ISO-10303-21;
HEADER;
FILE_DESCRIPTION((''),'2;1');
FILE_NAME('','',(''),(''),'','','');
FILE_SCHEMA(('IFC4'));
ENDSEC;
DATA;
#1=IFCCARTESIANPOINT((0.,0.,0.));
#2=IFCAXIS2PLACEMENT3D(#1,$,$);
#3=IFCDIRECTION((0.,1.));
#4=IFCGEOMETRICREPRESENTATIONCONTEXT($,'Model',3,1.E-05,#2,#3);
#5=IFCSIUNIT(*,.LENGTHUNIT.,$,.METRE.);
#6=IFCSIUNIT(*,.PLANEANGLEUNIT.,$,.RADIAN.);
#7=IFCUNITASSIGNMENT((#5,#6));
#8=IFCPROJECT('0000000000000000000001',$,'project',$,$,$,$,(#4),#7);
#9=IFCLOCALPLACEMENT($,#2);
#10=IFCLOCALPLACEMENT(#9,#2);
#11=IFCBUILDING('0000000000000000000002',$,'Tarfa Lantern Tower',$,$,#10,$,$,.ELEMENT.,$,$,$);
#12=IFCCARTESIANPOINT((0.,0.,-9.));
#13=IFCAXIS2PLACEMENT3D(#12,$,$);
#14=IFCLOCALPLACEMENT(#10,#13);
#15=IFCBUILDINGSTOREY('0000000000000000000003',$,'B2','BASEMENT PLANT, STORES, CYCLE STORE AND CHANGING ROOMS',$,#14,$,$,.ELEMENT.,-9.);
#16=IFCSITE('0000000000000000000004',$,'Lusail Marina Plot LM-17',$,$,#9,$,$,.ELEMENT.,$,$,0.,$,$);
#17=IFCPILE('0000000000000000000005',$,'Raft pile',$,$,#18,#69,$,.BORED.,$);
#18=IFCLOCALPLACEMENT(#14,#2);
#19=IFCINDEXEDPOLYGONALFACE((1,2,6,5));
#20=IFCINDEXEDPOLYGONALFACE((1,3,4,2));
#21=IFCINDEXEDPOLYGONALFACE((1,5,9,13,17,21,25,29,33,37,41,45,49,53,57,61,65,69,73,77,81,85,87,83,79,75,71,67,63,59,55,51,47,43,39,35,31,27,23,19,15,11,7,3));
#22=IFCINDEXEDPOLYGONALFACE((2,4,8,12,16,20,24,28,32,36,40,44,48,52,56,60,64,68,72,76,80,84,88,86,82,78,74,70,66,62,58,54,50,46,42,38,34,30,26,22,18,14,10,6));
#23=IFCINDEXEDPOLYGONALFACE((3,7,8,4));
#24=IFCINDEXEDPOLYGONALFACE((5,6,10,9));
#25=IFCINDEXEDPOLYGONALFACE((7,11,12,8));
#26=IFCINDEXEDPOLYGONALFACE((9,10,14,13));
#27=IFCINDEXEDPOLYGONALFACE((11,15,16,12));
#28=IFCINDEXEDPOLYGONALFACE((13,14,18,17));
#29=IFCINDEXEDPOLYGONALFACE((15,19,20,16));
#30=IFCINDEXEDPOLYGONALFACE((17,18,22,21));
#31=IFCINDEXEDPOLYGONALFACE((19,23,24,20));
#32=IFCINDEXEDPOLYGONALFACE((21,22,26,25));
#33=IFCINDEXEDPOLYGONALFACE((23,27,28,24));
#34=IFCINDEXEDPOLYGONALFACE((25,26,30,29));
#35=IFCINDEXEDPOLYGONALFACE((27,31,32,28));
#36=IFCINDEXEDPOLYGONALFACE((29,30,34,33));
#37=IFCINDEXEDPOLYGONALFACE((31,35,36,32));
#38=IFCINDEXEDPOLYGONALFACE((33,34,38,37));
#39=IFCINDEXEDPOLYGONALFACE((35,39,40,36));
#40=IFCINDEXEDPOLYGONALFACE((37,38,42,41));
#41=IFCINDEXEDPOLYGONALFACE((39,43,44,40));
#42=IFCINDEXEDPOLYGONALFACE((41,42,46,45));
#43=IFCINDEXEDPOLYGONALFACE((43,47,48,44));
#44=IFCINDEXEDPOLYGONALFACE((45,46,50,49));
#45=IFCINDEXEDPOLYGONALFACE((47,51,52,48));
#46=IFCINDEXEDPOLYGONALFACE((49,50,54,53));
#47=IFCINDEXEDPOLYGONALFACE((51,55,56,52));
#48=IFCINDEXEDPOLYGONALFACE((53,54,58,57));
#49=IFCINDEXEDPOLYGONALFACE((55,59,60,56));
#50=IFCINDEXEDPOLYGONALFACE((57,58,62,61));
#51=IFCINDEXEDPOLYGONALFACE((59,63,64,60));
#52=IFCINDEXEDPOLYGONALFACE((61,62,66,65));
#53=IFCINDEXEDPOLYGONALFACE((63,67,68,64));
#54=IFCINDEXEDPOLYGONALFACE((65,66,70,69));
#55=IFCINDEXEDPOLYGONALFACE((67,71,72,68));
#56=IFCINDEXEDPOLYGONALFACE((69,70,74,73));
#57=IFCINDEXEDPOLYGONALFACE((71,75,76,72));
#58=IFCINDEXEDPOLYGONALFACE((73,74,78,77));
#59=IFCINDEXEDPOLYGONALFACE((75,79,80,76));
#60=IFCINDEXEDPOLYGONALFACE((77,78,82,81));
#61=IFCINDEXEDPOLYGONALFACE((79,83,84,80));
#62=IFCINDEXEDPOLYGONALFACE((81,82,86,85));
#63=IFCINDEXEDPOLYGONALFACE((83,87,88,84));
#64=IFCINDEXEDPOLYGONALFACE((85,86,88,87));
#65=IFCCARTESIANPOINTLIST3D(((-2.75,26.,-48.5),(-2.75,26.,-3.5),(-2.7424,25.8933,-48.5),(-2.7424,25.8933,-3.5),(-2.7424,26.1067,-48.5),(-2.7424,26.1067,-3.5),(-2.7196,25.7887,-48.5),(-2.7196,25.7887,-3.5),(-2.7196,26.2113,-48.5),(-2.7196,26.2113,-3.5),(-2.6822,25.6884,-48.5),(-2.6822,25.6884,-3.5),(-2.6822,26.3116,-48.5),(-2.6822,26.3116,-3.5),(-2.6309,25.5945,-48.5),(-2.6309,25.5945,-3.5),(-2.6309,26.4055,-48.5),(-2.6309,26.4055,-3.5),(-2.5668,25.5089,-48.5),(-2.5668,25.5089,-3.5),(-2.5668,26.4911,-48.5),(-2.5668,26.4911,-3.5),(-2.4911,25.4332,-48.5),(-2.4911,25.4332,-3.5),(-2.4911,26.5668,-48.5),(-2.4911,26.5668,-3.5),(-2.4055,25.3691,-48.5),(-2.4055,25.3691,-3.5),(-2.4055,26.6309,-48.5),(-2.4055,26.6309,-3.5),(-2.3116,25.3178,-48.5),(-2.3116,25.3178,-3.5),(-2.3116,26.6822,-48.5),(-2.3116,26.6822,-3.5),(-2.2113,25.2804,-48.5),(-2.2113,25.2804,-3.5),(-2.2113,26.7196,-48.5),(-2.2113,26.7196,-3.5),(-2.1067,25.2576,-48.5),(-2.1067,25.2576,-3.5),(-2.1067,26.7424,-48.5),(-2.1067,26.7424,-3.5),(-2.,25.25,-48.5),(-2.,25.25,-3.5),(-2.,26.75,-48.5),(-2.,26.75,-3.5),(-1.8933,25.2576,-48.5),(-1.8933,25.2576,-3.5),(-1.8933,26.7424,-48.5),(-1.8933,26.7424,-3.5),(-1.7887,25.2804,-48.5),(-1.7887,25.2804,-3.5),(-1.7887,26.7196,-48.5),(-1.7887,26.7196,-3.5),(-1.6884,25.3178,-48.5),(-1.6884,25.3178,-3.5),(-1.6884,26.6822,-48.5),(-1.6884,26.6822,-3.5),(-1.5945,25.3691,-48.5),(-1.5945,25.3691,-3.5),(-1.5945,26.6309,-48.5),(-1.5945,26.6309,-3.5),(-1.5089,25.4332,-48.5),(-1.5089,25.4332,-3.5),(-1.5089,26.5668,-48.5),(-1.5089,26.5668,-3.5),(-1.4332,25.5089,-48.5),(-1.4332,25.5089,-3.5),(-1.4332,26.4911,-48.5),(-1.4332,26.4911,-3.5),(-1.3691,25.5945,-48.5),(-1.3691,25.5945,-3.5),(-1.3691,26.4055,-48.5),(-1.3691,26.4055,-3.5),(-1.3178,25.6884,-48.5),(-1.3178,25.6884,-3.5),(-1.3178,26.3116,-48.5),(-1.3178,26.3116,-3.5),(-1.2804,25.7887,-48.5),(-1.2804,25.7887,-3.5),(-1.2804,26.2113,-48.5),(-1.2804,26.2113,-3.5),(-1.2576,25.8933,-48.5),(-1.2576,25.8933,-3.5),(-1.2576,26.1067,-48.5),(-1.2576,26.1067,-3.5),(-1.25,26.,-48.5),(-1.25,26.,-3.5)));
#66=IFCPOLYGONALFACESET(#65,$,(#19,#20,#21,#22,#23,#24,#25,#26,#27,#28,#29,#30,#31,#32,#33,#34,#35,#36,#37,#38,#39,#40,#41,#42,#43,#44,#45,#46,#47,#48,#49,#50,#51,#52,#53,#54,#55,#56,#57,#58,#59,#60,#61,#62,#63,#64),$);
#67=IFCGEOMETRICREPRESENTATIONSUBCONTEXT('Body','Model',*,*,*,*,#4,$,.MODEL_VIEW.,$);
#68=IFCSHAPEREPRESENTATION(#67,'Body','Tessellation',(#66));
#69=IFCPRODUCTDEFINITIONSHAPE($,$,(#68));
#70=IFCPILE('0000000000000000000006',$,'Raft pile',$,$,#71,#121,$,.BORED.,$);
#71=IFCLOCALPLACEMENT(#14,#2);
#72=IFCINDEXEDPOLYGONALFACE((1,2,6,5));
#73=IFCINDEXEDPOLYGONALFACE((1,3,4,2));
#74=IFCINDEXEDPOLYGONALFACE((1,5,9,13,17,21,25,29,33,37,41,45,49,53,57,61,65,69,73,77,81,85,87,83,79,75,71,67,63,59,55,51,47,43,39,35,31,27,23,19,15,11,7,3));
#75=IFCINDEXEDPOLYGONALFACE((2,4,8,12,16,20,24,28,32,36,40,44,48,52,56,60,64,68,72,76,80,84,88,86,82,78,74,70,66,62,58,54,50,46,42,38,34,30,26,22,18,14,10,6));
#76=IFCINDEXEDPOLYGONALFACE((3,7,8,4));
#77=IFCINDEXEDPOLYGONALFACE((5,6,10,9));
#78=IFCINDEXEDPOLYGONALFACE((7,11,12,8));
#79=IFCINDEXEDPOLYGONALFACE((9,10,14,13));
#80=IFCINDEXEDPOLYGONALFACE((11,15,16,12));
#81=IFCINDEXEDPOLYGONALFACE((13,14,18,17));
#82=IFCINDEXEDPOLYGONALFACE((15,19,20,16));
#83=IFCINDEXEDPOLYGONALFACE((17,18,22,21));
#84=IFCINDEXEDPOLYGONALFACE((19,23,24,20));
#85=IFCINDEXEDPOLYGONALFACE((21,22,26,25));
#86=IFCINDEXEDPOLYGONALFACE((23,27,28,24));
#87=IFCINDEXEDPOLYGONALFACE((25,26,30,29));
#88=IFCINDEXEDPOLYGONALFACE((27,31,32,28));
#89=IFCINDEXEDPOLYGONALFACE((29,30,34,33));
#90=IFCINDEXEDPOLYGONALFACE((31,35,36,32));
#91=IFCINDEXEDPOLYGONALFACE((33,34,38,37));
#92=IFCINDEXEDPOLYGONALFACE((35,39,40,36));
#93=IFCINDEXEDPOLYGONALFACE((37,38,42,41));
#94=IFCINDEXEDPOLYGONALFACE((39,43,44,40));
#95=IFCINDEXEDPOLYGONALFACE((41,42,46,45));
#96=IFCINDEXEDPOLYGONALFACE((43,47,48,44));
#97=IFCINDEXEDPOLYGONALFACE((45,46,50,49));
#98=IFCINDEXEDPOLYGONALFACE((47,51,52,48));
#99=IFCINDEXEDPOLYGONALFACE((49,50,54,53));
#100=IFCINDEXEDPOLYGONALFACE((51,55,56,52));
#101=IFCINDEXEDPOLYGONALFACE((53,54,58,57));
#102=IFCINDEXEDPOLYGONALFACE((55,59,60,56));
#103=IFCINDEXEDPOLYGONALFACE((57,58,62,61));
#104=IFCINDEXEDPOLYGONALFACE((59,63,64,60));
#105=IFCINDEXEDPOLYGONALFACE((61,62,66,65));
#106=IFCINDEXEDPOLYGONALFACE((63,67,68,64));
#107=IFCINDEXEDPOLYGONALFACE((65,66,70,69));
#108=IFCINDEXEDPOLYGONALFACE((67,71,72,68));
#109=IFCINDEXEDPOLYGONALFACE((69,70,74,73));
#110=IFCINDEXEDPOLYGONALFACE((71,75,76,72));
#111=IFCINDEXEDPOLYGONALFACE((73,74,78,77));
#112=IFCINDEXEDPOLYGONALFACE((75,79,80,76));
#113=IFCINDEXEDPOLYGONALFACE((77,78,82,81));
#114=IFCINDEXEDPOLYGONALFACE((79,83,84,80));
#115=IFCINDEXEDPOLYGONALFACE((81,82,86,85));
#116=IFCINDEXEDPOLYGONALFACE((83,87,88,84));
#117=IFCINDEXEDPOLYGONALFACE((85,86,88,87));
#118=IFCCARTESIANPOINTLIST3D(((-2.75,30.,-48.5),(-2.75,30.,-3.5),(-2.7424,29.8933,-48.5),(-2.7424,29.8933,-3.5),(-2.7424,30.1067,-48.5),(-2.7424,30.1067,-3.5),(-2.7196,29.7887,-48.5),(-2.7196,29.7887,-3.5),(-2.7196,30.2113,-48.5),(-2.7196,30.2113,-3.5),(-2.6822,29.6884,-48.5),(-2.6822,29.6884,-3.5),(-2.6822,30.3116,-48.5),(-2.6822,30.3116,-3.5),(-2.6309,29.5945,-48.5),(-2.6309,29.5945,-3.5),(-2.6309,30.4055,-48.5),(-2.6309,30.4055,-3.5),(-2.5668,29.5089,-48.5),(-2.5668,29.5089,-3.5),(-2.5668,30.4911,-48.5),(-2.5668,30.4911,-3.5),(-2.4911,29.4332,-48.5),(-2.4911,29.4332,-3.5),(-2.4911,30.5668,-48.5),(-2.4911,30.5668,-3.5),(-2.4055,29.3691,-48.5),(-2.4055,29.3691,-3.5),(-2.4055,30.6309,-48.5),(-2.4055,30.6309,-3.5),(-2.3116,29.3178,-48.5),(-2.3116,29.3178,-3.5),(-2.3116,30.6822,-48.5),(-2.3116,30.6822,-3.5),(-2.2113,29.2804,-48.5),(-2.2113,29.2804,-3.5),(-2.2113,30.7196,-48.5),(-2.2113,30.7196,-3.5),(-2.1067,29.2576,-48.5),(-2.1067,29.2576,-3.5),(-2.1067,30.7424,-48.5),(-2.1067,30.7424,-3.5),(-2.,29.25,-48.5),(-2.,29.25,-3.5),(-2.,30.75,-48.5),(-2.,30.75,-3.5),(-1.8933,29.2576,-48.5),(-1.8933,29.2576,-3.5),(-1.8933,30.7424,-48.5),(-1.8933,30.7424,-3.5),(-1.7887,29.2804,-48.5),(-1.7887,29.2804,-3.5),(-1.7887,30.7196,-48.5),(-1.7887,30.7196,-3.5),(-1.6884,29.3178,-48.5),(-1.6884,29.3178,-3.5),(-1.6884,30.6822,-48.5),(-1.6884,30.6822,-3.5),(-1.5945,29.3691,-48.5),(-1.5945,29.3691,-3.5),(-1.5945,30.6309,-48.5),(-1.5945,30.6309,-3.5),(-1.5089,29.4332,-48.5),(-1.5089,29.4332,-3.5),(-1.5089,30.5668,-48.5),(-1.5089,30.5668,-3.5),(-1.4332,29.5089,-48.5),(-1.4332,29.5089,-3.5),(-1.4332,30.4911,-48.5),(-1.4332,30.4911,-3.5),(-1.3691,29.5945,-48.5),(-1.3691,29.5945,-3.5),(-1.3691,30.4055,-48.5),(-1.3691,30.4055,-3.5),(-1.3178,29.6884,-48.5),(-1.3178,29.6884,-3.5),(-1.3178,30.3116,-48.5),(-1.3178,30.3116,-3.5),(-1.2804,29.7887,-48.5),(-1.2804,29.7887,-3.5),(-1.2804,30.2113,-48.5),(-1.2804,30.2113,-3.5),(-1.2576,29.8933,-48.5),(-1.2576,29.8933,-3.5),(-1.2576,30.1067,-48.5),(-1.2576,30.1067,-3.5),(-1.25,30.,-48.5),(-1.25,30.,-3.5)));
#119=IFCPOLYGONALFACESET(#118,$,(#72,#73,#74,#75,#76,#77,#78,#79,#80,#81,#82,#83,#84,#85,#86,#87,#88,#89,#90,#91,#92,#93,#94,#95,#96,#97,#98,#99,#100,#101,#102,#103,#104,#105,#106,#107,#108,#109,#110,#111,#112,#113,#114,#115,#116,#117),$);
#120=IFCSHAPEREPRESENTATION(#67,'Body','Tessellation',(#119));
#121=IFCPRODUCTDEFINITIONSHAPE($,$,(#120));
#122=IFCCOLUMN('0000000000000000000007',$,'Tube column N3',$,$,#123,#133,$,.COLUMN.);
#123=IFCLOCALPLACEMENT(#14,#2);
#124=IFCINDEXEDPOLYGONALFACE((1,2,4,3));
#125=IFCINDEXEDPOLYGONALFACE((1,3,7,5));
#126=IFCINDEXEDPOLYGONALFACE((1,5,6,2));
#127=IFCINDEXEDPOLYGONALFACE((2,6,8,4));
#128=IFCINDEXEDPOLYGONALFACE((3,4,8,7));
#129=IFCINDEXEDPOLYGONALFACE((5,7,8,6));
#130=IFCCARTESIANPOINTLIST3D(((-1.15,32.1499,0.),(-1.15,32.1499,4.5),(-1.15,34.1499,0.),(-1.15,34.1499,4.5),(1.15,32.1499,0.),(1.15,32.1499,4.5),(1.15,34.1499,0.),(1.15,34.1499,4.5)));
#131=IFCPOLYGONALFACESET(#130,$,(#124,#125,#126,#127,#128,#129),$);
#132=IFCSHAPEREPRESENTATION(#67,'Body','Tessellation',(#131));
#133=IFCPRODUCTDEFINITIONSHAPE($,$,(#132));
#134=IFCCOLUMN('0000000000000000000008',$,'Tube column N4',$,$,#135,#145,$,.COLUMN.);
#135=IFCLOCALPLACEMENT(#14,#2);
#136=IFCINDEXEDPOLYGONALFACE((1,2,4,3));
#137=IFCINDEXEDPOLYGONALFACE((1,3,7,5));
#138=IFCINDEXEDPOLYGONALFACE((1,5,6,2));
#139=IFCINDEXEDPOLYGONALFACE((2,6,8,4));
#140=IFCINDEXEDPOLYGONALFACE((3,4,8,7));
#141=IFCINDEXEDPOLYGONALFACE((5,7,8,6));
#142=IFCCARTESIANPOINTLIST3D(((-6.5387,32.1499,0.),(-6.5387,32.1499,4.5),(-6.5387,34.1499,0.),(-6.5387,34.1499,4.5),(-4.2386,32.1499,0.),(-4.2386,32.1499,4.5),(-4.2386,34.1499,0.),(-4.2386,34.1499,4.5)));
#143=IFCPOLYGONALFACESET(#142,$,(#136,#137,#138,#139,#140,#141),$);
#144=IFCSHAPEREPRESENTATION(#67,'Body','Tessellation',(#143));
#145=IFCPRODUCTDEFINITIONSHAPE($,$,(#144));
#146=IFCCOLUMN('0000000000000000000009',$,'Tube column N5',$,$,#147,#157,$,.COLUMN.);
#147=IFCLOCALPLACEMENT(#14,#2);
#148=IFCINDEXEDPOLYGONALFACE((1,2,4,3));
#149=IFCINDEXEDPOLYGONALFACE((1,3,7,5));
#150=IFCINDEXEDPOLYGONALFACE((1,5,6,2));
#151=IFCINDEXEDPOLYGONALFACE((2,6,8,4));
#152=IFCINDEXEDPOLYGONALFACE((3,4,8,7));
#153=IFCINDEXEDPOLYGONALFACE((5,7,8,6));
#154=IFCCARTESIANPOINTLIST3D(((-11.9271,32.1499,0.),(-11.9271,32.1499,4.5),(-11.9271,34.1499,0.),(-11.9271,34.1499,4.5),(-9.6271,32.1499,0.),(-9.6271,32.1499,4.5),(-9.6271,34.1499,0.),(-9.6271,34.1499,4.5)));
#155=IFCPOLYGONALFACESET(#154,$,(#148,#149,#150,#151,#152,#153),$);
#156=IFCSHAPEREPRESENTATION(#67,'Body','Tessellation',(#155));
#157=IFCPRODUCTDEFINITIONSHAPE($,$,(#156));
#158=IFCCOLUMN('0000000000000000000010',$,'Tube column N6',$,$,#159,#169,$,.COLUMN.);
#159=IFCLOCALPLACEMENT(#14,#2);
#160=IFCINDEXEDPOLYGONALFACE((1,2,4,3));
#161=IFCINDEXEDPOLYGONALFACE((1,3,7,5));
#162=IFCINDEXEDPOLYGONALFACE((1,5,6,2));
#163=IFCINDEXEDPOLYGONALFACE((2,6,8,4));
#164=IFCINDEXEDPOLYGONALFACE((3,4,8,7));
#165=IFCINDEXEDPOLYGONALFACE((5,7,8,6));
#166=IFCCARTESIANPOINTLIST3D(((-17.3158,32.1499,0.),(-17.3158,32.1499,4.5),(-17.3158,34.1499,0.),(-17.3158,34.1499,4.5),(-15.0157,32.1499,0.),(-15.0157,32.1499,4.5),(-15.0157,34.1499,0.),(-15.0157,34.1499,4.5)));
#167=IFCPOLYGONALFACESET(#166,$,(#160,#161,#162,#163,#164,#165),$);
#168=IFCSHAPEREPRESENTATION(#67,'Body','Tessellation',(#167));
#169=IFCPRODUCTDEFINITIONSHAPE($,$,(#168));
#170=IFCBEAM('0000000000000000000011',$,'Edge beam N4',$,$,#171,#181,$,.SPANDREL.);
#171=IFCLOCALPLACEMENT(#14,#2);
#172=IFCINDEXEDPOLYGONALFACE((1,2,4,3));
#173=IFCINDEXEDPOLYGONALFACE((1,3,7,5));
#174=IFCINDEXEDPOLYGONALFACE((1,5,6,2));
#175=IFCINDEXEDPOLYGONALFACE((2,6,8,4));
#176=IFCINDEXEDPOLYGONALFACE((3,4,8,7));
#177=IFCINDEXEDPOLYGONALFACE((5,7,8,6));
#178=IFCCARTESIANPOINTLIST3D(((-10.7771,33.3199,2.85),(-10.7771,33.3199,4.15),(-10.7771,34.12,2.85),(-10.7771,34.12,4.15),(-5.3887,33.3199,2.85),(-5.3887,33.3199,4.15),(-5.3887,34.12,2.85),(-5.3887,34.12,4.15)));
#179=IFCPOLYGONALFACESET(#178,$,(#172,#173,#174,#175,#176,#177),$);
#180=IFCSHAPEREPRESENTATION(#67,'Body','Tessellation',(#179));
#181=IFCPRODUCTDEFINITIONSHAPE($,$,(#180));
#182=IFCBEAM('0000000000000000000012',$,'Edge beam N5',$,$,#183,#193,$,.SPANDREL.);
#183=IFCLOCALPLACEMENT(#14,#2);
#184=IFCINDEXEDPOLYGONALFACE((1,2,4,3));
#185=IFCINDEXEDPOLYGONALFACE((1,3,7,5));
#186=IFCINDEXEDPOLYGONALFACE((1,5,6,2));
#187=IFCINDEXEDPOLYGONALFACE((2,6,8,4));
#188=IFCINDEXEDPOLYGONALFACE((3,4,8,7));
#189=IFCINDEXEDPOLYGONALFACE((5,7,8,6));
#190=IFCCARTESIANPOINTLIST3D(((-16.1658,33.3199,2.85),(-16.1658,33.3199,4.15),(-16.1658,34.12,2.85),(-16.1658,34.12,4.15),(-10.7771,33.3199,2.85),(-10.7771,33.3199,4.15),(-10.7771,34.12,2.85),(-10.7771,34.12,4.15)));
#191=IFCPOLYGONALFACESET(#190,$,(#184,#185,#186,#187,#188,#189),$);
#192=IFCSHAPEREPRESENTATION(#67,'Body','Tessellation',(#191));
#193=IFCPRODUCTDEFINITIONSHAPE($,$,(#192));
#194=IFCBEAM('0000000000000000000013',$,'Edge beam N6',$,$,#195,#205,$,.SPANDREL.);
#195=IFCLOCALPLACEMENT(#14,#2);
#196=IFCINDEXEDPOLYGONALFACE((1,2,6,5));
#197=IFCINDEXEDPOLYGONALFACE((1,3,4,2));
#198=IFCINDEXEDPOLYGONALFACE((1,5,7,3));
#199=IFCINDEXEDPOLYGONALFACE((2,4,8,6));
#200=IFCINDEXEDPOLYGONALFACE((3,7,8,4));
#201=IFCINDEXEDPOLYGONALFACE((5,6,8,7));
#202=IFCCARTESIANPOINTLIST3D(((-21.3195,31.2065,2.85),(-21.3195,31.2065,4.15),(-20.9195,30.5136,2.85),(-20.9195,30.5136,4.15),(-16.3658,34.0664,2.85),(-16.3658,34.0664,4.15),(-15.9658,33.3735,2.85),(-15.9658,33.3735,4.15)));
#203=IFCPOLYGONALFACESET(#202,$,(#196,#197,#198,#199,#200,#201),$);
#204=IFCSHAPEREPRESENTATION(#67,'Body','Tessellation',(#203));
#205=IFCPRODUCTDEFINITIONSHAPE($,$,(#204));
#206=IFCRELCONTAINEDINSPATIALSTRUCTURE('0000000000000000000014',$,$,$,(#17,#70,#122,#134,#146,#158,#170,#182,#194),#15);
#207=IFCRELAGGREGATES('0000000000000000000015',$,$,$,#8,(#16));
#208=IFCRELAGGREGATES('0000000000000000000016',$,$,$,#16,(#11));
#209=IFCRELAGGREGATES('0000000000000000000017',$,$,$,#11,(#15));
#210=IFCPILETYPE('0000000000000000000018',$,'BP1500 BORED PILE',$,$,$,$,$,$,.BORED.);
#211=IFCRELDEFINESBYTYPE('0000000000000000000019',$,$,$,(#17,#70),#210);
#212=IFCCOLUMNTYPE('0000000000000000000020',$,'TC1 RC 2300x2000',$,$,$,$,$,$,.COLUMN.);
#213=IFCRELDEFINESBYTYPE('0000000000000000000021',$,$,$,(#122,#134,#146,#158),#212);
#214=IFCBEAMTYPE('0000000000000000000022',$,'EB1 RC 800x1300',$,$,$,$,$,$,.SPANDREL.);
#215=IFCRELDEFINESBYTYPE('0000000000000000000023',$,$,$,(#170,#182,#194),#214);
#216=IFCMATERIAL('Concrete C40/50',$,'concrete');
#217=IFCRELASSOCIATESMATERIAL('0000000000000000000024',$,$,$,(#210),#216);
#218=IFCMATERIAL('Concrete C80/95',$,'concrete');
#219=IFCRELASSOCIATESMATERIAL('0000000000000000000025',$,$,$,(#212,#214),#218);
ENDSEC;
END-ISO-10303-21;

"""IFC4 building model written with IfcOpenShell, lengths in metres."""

from ifc_helpers import new_model, si_unit, direction, frame, origin, origin_2d, place, context, subcontext, project, spatial, rectangle, circle, extrude, material, material_profile, profile_set, type_object, element, save


model = new_model("IFC4")

# Units and contexts
model_context = context("Model", 3, precision=1e-05, world=origin(), true_north=direction((0.0, 1.0)))
body_context = subcontext(model_context, "Body", "Model", "MODEL_VIEW")
ifc_project = project(units=[si_unit("LENGTHUNIT", "METRE"), si_unit("PLANEANGLEUNIT", "RADIAN")], contexts=[model_context])

# Site, building, storey
site_placement = place(None, origin())
site = spatial("IfcSite", under=ifc_project, at=site_placement, Name="Lusail Marina Plot LM-17", CompositionType="ELEMENT", RefElevation=0.0)
building_placement = place(site_placement, origin())
building = spatial("IfcBuilding", under=site, at=building_placement, Name="Tarfa Lantern Tower", CompositionType="ELEMENT")
storey_placement = place(building_placement, frame((0.0, 0.0, -9.0)))
storey = spatial("IfcBuildingStorey", under=building, at=storey_placement, Name="B2", Description="BASEMENT PLANT, STORES, CYCLE STORE AND CHANGING ROOMS", CompositionType="ELEMENT", Elevation=-9.0)

# Piles
ifc_material_1 = material(Name="Concrete C40/50", Category="concrete")
ifc_material_profile_1 = material_profile(ifc_material_1, circle(Radius=0.75, at=origin_2d()), Name="BORED PILE D1500")
ifc_profile_set_1 = profile_set([ifc_material_profile_1], Name="Concrete C40/50")
pile_type = type_object("IfcPileType", Name="BP1500 BORED PILE", PredefinedType="BORED", material=ifc_profile_set_1)
for number, where, z_axis, x_axis, name in (
    (1, (-2.0, 26.0, -3.5), (0.0, 0.0, -1.0), (1.0, 0.0, 0.0), "Raft pile"),
    (2, (-2.0, 30.0, -3.5), (0.0, 0.0, -1.0), (1.0, 0.0, 0.0), "Raft pile"),
):
    element("IfcPile", number, at=place(storey_placement, frame(where, z_axis=z_axis, x_axis=x_axis)), inside=storey, type_object=pile_type, Name=name, PredefinedType="BORED", context=body_context, shape_type="SweptSolid", body=[
        extrude(circle(Radius=0.75, at=origin_2d()), origin(), (0.0, 0.0, 1.0), 45.0),
    ])

# Columns
ifc_material_2 = material(Name="Concrete C80/95", Category="concrete")
ifc_material_profile_2 = material_profile(ifc_material_2, rectangle(XDim=2.3, YDim=2.0, at=origin_2d()), Name="RC 2300x2000")
ifc_profile_set_2 = profile_set([ifc_material_profile_2], Name="Concrete C80/95")
column_type = type_object("IfcColumnType", Name="TC1 RC 2300x2000", PredefinedType="COLUMN", material=ifc_profile_set_2)
for number, where, z_axis, x_axis, name in (
    (3, (0.0, 33.1499, 0.0), (0.0, 0.0, 1.0), (-1.0, 0.0, 0.0), "Tube column N3"),
    (4, (-5.3887, 33.1499, 0.0), (0.0, 0.0, 1.0), (-1.0, 0.0, 0.0), "Tube column N4"),
    (5, (-10.7771, 33.1499, 0.0), (0.0, 0.0, 1.0), (-1.0, 0.0, 0.0), "Tube column N5"),
    (6, (-16.1658, 33.1499, 0.0), (0.0, 0.0, 1.0), (-1.0, 0.0, 0.0), "Tube column N6"),
):
    element("IfcColumn", number, at=place(storey_placement, frame(where, z_axis=z_axis, x_axis=x_axis)), inside=storey, type_object=column_type, Name=name, PredefinedType="COLUMN", context=body_context, shape_type="SweptSolid", body=[
        extrude(rectangle(XDim=2.3, YDim=2.0, at=origin_2d()), origin(), (0.0, 0.0, 1.0), 4.5),
    ])

# Beams
ifc_material_profile_3 = material_profile(ifc_material_2, rectangle(XDim=0.8, YDim=1.3, at=origin_2d()), Name="RC 800x1300")
ifc_profile_set_3 = profile_set([ifc_material_profile_3], Name="Concrete C80/95")
beam_type_1 = type_object("IfcBeamType", Name="EB1 RC 800x1300", PredefinedType="SPANDREL", material=ifc_profile_set_3)
beam_1_placement = place(storey_placement, frame((-5.3887, 33.72, 3.5), z_axis=(-1.0, 0.0, 0.0), x_axis=(0.0, -1.0, 0.0)))
element("IfcBeam", 7, at=beam_1_placement, inside=storey, type_object=beam_type_1, Name="Edge beam N4", PredefinedType="SPANDREL", context=body_context, shape_type="SweptSolid", body=[
    extrude(rectangle(XDim=0.8, YDim=1.3, at=origin_2d()), origin(), (0.0, 0.0, 1.0), 5.3884),
])
beam_2_placement = place(storey_placement, frame((-10.7771, 33.72, 3.5), z_axis=(-1.0, 0.0, 0.0), x_axis=(0.0, -1.0, 0.0)))
element("IfcBeam", 8, at=beam_2_placement, inside=storey, type_object=beam_type_1, Name="Edge beam N5", PredefinedType="SPANDREL", context=body_context, shape_type="SweptSolid", body=[
    extrude(rectangle(XDim=0.8, YDim=1.3, at=origin_2d()), origin(), (0.0, 0.0, 1.0), 5.3887),
])
beam_3_placement = place(storey_placement, frame((-16.1658, 33.72, 3.5), z_axis=(-0.866033, -0.499986, 0.0), x_axis=(0.499986, -0.866033, 0.0)))
element("IfcBeam", 9, at=beam_3_placement, inside=storey, type_object=beam_type_1, Name="Edge beam N6", PredefinedType="SPANDREL", context=body_context, shape_type="SweptSolid", body=[
    extrude(rectangle(XDim=0.8, YDim=1.3, at=origin_2d()), origin(), (0.0, 0.0, 1.0), 5.72),
])

save(model, "model.ifc")
